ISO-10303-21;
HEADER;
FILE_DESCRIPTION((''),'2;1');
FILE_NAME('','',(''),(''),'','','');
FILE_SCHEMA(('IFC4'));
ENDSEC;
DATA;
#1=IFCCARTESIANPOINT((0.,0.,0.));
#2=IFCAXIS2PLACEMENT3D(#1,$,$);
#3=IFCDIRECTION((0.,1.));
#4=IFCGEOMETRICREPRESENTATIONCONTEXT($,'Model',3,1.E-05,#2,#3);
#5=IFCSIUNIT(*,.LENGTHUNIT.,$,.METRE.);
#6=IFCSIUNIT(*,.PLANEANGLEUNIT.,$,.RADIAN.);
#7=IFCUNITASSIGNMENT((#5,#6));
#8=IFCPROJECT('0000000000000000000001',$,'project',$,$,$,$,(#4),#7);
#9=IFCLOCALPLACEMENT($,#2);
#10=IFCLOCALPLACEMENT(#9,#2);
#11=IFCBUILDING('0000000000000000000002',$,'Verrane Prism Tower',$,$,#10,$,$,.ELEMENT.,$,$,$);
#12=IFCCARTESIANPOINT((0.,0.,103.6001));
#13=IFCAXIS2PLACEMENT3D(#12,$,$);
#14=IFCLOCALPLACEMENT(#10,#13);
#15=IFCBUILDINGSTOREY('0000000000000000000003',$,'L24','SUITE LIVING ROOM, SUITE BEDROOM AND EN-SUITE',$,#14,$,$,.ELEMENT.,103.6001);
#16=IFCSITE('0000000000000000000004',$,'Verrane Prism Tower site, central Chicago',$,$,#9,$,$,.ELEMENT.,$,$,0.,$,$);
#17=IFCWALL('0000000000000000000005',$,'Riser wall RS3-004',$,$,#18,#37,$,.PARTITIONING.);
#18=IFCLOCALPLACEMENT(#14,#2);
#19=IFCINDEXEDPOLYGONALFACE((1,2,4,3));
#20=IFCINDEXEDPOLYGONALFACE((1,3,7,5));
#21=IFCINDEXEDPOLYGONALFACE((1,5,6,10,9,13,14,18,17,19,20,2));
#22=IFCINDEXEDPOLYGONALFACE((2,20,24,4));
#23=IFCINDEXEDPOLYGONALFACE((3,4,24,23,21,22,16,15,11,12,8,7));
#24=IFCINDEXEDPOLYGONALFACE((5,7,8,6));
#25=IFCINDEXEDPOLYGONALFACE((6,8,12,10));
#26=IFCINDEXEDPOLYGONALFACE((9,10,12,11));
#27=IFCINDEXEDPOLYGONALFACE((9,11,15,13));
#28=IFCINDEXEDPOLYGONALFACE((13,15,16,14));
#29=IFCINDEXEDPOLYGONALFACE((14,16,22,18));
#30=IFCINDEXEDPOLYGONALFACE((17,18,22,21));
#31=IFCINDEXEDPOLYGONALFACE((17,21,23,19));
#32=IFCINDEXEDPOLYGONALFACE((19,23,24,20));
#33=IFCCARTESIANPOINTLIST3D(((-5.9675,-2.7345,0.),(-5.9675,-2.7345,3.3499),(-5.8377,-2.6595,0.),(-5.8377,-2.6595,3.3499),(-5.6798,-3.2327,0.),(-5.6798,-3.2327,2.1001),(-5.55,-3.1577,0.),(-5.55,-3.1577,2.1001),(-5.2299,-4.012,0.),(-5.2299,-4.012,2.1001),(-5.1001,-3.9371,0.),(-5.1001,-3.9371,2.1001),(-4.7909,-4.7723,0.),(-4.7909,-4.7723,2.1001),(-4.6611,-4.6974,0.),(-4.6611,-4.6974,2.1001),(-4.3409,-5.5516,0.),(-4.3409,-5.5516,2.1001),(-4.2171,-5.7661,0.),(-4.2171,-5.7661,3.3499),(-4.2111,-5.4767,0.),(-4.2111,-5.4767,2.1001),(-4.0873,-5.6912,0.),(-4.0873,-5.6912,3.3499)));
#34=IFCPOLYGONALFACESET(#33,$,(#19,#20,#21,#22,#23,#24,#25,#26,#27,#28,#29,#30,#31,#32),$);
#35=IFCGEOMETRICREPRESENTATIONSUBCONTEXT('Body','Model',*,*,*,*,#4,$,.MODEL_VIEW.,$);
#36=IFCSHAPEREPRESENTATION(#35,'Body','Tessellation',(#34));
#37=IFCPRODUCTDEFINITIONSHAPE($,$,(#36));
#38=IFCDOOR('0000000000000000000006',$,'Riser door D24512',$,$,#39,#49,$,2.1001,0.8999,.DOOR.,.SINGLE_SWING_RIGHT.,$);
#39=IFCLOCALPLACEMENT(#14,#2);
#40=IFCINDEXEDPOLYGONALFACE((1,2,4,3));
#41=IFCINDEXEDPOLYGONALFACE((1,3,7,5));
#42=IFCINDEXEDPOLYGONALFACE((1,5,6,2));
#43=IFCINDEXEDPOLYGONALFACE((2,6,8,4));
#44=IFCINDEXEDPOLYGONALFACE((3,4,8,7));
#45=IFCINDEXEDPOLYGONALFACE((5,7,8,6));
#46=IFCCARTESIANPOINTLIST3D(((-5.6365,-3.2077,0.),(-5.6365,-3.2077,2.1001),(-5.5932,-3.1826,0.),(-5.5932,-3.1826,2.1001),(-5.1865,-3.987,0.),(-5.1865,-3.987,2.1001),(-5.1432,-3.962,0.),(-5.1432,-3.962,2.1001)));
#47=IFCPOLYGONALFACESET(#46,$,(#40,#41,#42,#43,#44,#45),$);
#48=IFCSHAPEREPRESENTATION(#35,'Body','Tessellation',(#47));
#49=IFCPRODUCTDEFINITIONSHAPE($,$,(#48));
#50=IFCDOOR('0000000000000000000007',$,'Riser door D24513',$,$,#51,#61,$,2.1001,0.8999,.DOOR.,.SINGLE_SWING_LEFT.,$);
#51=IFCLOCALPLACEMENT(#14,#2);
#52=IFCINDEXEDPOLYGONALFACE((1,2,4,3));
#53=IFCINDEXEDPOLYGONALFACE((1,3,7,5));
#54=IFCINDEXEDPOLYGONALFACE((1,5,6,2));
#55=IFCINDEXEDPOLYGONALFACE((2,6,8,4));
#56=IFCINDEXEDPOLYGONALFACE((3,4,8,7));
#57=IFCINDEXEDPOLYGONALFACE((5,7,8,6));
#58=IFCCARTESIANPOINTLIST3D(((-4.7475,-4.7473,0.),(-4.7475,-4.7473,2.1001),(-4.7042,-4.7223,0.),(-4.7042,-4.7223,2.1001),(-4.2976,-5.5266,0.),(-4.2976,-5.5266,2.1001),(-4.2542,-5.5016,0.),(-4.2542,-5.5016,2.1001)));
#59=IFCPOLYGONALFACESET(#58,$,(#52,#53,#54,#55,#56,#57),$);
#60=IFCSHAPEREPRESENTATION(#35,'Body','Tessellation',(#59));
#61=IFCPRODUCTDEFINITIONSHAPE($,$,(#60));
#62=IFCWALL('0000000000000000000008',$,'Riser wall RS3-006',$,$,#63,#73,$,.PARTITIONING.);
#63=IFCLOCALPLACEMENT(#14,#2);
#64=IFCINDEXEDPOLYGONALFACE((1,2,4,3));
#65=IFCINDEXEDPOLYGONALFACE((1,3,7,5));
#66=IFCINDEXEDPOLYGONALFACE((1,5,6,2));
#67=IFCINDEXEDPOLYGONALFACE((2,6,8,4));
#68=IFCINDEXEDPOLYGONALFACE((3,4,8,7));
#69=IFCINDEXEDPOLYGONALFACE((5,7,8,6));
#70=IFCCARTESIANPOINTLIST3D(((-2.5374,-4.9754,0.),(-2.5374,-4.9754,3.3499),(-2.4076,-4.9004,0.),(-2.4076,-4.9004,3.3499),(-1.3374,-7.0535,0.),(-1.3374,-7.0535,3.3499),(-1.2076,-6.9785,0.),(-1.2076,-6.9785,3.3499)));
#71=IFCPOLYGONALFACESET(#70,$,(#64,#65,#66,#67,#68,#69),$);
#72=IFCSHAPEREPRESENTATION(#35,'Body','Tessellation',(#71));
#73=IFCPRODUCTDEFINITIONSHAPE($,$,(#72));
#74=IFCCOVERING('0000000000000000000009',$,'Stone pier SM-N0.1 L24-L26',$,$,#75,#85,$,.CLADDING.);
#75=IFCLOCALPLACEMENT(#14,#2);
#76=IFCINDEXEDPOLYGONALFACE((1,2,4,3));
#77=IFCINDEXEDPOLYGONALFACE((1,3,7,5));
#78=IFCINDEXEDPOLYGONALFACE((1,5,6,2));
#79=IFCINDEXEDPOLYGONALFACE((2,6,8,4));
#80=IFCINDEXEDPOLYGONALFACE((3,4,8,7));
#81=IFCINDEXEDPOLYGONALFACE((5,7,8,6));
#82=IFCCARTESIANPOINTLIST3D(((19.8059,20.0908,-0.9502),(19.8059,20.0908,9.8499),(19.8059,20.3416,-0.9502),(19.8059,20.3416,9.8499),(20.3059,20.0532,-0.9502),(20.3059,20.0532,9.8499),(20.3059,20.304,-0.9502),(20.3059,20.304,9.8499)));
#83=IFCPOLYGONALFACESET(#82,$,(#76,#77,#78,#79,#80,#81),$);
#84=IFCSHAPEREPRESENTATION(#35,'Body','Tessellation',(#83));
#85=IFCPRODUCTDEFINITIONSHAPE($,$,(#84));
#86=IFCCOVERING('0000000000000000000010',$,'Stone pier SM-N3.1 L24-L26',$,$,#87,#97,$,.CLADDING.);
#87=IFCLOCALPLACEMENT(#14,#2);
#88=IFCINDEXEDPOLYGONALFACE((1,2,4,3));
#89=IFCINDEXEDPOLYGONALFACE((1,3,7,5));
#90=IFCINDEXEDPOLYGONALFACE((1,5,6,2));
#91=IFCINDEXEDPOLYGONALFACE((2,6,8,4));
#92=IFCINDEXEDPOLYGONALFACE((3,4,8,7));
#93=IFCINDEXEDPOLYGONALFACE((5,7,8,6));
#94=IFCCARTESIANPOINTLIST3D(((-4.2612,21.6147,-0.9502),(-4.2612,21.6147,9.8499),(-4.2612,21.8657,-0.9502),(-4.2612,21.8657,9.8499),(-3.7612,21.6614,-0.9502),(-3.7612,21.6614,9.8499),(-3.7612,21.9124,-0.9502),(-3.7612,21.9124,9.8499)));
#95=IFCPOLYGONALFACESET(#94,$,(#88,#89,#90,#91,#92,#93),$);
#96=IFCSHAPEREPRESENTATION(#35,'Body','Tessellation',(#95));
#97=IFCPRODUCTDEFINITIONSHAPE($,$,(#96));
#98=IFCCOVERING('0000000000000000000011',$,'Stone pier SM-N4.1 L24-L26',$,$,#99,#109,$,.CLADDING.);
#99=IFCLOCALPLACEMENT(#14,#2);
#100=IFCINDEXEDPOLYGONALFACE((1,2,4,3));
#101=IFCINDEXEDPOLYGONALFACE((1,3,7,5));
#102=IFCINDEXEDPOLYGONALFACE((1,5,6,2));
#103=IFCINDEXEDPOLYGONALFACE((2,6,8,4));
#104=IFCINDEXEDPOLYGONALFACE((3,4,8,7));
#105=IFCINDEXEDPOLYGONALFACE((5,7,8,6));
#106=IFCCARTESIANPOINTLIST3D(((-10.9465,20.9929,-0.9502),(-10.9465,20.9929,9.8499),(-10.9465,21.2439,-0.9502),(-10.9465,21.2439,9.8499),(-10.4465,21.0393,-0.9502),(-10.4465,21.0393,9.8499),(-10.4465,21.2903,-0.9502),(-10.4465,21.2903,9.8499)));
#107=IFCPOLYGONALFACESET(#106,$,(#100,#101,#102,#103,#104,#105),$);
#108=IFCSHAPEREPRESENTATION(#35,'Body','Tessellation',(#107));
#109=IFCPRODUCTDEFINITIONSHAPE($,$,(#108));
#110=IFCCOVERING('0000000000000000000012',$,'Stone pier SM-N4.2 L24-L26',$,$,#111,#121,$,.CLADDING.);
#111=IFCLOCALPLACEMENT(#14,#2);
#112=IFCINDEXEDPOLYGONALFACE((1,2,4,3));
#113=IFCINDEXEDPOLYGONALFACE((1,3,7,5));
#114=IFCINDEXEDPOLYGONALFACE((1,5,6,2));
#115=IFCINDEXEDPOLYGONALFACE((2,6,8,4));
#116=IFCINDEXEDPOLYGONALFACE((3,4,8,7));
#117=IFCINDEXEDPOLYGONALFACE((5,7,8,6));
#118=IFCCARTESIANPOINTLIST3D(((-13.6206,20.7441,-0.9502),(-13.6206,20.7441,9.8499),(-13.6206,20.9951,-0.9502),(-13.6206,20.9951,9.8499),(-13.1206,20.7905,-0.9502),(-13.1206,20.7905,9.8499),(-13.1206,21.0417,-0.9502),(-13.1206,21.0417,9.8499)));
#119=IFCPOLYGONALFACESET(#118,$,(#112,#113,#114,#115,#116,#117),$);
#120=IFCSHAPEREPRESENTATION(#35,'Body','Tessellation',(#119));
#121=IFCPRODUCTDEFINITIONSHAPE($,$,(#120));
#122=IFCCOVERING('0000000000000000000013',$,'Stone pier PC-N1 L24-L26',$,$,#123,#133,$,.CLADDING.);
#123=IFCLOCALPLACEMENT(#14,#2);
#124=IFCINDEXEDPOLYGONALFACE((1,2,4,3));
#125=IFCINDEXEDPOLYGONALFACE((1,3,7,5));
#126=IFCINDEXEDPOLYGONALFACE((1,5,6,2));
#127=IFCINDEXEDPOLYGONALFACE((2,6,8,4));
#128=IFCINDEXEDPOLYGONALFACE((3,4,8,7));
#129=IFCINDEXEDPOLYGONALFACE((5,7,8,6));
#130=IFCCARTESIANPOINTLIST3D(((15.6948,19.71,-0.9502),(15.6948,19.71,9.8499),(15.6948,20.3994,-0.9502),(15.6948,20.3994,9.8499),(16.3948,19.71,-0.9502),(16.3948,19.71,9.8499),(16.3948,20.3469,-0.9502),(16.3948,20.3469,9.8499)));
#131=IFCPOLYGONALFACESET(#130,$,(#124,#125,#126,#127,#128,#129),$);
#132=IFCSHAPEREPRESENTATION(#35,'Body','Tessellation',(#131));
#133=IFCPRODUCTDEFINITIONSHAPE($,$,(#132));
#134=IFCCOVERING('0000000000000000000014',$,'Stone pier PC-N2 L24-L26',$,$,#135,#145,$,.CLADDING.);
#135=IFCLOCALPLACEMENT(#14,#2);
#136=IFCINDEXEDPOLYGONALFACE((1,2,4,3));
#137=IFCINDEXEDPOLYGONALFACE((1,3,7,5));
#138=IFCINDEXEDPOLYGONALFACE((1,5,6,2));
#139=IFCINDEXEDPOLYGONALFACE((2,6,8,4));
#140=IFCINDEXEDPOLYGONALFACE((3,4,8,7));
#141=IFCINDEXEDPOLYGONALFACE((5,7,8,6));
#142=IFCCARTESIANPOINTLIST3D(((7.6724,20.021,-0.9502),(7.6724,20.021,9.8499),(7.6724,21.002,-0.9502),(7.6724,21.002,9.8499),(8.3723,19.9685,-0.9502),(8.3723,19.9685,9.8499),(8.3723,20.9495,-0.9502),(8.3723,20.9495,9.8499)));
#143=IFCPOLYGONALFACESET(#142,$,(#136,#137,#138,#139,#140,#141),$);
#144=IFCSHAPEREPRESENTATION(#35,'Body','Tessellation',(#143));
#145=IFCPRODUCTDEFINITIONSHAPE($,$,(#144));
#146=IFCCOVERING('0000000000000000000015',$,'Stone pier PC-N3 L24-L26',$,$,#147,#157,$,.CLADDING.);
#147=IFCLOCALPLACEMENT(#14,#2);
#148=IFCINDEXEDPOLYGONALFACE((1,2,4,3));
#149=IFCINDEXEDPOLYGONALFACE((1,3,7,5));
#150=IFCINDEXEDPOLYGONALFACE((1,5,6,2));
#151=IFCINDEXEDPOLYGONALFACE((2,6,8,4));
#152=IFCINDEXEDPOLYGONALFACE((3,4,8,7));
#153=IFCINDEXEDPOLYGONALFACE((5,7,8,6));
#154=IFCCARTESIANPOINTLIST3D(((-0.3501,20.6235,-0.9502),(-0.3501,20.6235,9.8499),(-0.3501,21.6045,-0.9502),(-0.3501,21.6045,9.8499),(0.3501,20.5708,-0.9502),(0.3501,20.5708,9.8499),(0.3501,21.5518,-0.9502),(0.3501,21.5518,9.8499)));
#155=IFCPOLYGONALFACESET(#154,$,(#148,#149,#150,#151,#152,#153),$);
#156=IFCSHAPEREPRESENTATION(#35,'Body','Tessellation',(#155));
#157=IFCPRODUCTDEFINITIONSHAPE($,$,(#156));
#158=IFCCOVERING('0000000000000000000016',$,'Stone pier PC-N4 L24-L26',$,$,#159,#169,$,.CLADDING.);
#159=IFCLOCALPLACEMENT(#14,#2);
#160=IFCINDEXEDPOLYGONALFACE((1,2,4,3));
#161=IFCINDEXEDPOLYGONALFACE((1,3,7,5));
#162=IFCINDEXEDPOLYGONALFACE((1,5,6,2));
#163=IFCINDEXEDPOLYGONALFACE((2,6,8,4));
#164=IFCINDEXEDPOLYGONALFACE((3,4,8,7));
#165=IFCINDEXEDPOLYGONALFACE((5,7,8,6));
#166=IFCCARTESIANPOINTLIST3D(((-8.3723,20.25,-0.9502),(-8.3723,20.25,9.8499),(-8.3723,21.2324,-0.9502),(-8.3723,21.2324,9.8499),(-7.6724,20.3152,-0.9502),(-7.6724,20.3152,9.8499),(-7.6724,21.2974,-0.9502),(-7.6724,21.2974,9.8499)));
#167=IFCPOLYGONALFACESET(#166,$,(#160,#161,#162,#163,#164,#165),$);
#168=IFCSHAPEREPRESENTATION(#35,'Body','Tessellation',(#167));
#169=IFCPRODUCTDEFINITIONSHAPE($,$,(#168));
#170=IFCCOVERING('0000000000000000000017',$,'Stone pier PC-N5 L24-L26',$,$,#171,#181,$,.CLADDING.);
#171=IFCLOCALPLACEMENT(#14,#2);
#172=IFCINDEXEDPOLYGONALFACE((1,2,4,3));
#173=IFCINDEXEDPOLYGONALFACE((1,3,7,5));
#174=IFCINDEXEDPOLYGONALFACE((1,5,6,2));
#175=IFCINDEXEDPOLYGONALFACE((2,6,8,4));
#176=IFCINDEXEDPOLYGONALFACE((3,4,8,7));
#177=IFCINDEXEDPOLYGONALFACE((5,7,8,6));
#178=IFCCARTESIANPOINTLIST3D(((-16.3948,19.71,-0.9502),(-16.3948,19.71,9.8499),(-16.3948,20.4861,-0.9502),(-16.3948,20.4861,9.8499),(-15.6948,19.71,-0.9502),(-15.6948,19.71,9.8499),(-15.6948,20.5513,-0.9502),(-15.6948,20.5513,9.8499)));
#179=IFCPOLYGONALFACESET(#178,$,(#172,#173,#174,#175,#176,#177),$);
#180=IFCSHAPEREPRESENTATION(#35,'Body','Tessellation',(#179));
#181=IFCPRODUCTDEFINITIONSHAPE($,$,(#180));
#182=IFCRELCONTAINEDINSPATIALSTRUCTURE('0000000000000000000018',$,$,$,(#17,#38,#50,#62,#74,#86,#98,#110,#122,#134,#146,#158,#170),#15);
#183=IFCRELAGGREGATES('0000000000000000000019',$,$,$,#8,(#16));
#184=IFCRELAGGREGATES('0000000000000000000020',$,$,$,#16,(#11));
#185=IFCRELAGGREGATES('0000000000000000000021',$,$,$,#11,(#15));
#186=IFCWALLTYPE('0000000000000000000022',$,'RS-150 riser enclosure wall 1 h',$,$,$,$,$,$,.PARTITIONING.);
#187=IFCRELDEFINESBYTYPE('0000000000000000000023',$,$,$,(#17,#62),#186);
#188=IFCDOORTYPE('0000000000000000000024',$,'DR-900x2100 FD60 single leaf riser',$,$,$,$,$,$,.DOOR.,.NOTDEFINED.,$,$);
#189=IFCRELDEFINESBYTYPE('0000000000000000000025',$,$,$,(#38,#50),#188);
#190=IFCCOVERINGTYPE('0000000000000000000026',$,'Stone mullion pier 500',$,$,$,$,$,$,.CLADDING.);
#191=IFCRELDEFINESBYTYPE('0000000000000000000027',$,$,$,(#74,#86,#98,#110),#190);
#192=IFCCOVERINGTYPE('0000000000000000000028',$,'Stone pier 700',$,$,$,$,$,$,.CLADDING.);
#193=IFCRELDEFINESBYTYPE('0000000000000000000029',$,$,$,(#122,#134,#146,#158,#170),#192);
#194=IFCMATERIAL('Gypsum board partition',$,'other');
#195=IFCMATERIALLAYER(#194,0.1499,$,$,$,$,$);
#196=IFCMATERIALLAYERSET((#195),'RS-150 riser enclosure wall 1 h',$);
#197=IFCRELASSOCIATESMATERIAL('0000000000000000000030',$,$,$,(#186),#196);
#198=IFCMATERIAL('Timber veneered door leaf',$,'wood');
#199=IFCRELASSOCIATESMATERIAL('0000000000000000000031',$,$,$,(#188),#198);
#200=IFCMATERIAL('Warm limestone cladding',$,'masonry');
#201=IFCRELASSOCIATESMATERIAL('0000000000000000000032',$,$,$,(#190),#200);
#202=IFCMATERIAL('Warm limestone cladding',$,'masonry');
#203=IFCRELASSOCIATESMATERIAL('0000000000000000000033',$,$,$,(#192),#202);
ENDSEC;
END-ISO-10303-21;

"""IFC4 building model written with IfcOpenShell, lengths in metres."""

from ifc_helpers import new_model, si_unit, direction, frame, frame_2d, origin, place, context, subcontext, project, spatial, polyline, rectangle, outline, extrude, material, layer, layer_set, type_object, element, fill, save


model = new_model("IFC4")

# Units and contexts
model_context = context("Model", 3, precision=1e-05, world=origin(), true_north=direction((0.0, 1.0)))
body_context = subcontext(model_context, "Body", "Model", "MODEL_VIEW")
ifc_project = project(units=[si_unit("LENGTHUNIT", "METRE"), si_unit("PLANEANGLEUNIT", "RADIAN")], contexts=[model_context])

# Site, building, storey
site_placement = place(None, origin())
site = spatial("IfcSite", under=ifc_project, at=site_placement, Name="Verrane Prism Tower site, central Chicago", CompositionType="ELEMENT", RefElevation=0.0)
building_placement = place(site_placement, origin())
building = spatial("IfcBuilding", under=site, at=building_placement, Name="Verrane Prism Tower", CompositionType="ELEMENT")
storey_placement = place(building_placement, frame((0.0, 0.0, 103.6001)))
storey = spatial("IfcBuildingStorey", under=building, at=storey_placement, Name="L24", Description="SUITE LIVING ROOM, SUITE BEDROOM AND EN-SUITE", CompositionType="ELEMENT", Elevation=103.6001)

# Wall, openings, doors
ifc_material_1 = material(Name="Gypsum board partition", Category="other")
ifc_layer_1 = layer(ifc_material_1, 0.1499)
ifc_layer_set_1 = layer_set([ifc_layer_1], Name="RS-150 riser enclosure wall 1 h")
wall_type_1 = type_object("IfcWallType", Name="RS-150 riser enclosure wall 1 h", PredefinedType="PARTITIONING", material=ifc_layer_set_1)
wall_1_placement = place(storey_placement, frame((-4.1521, -5.7288, 0.0), z_axis=(0.0, 0.0, 1.0), x_axis=(-0.500024, 0.866011, 0.0)))
wall_1 = element("IfcWall", 1, at=wall_1_placement, inside=storey, type_object=wall_type_1, Name="Riser wall RS3-004", PredefinedType="PARTITIONING", context=body_context, shape_type="SweptSolid", body=[
    extrude(rectangle(XDim=3.5007, YDim=0.1499, at=frame_2d((1.7505, 0.0))), origin(), (0.0, 0.0, 1.0), 3.3499),
])
opening_1_placement = place(wall_1_placement, frame((2.0256, 0.0, 0.0)))
opening_1 = element("IfcOpeningElement", 2, at=opening_1_placement, cuts=wall_1, PredefinedType="OPENING", context=body_context, shape_type="SweptSolid", body=[
    extrude(rectangle(XDim=0.8999, YDim=2.1001, at=frame_2d((0.45, 1.05))), frame((0.0, 0.085, 0.0), z_axis=(0.0, -1.0, 0.0), x_axis=(1.0, 0.0, 0.0)), (0.0, 0.0, 1.0), 0.1699),
])
opening_2_placement = place(wall_1_placement, frame((0.2478, 0.0, 0.0)))
opening_2 = element("IfcOpeningElement", 3, at=opening_2_placement, cuts=wall_1, PredefinedType="OPENING", context=body_context, shape_type="SweptSolid", body=[
    extrude(rectangle(XDim=0.8999, YDim=2.1001, at=frame_2d((0.45, 1.05))), frame((0.0, 0.085, 0.0), z_axis=(0.0, -1.0, 0.0), x_axis=(1.0, 0.0, 0.0)), (0.0, 0.0, 1.0), 0.1699),
])
ifc_material_2 = material(Name="Timber veneered door leaf", Category="wood")
door_type_1 = type_object("IfcDoorType", Name="DR-900x2100 FD60 single leaf riser", OperationType="NOTDEFINED", PredefinedType="DOOR", material=ifc_material_2)
door_1_placement = place(opening_1_placement, origin())
door_1 = element("IfcDoor", 4, at=door_1_placement, inside=storey, type_object=door_type_1, Name="Riser door D24512", OperationType="SINGLE_SWING_RIGHT", OverallHeight=2.1001, OverallWidth=0.8999, PredefinedType="DOOR", context=body_context, shape_type="SweptSolid", body=[
    extrude(rectangle(XDim=0.8999, YDim=2.1001, at=frame_2d((0.45, 1.05))), frame((0.0, 0.0249, 0.0), z_axis=(0.0, -1.0, 0.0), x_axis=(1.0, 0.0, 0.0)), (0.0, 0.0, 1.0), 0.05),
])
fill(opening_1, door_1)
door_2_placement = place(opening_2_placement, origin())
door_2 = element("IfcDoor", 5, at=door_2_placement, inside=storey, type_object=door_type_1, Name="Riser door D24513", OperationType="SINGLE_SWING_LEFT", OverallHeight=2.1001, OverallWidth=0.8999, PredefinedType="DOOR", context=body_context, shape_type="SweptSolid", body=[
    extrude(rectangle(XDim=0.8999, YDim=2.1001, at=frame_2d((0.45, 1.05))), frame((0.0, 0.0249, 0.0), z_axis=(0.0, -1.0, 0.0), x_axis=(1.0, 0.0, 0.0)), (0.0, 0.0, 1.0), 0.05),
])
fill(opening_2, door_2)

# Wall
wall_2_placement = place(storey_placement, frame((-2.4724, -4.938, 0.0), z_axis=(0.0, 0.0, 1.0), x_axis=(0.500045, -0.865999, 0.0)))
element("IfcWall", 6, at=wall_2_placement, inside=storey, type_object=wall_type_1, Name="Riser wall RS3-006", PredefinedType="PARTITIONING", context=body_context, shape_type="SweptSolid", body=[
    extrude(rectangle(XDim=2.3997, YDim=0.1499, at=frame_2d((1.1997, 0.0))), origin(), (0.0, 0.0, 1.0), 3.3499),
])

# Coverings
ifc_material_3 = material(Name="Warm limestone cladding", Category="masonry")
covering_type_1 = type_object("IfcCoveringType", Name="Stone mullion pier 500", PredefinedType="CLADDING", material=ifc_material_3)
covering_1_placement = place(storey_placement, frame((0.0, 0.0, -0.9502)))
element("IfcCovering", 7, at=covering_1_placement, inside=storey, type_object=covering_type_1, Name="Stone pier SM-N0.1 L24-L26", PredefinedType="CLADDING", context=body_context, shape_type="SweptSolid", body=[
    extrude(outline(polyline([(19.8059, 20.0908), (20.3059, 20.0532), (20.3059, 20.304), (19.8059, 20.3416), (19.8059, 20.0908)])), origin(), (0.0, 0.0, 1.0), 10.8),
])
covering_2_placement = place(storey_placement, frame((0.0, 0.0, -0.9502)))
element("IfcCovering", 8, at=covering_2_placement, inside=storey, type_object=covering_type_1, Name="Stone pier SM-N3.1 L24-L26", PredefinedType="CLADDING", context=body_context, shape_type="SweptSolid", body=[
    extrude(outline(polyline([(-4.2612, 21.6147), (-3.7612, 21.6614), (-3.7612, 21.9124), (-4.2612, 21.8657), (-4.2612, 21.6147)])), origin(), (0.0, 0.0, 1.0), 10.8),
])
covering_3_placement = place(storey_placement, frame((0.0, 0.0, -0.9502)))
element("IfcCovering", 9, at=covering_3_placement, inside=storey, type_object=covering_type_1, Name="Stone pier SM-N4.1 L24-L26", PredefinedType="CLADDING", context=body_context, shape_type="SweptSolid", body=[
    extrude(outline(polyline([(-10.9465, 20.9929), (-10.4465, 21.0393), (-10.4465, 21.2903), (-10.9465, 21.2439), (-10.9465, 20.9929)])), origin(), (0.0, 0.0, 1.0), 10.8),
])
covering_4_placement = place(storey_placement, frame((0.0, 0.0, -0.9502)))
element("IfcCovering", 10, at=covering_4_placement, inside=storey, type_object=covering_type_1, Name="Stone pier SM-N4.2 L24-L26", PredefinedType="CLADDING", context=body_context, shape_type="SweptSolid", body=[
    extrude(outline(polyline([(-13.6206, 20.7441), (-13.1206, 20.7905), (-13.1206, 21.0417), (-13.6206, 20.9951), (-13.6206, 20.7441)])), origin(), (0.0, 0.0, 1.0), 10.8),
])
ifc_material_4 = material(Name="Warm limestone cladding", Category="masonry")
covering_type_2 = type_object("IfcCoveringType", Name="Stone pier 700", PredefinedType="CLADDING", material=ifc_material_4)
covering_5_placement = place(storey_placement, frame((0.0, 0.0, -0.9502)))
element("IfcCovering", 11, at=covering_5_placement, inside=storey, type_object=covering_type_2, Name="Stone pier PC-N1 L24-L26", PredefinedType="CLADDING", context=body_context, shape_type="SweptSolid", body=[
    extrude(outline(polyline([(15.6948, 19.71), (16.3948, 19.71), (16.3948, 20.3469), (15.6948, 20.3994), (15.6948, 19.71)])), origin(), (0.0, 0.0, 1.0), 10.8),
])
covering_6_placement = place(storey_placement, frame((0.0, 0.0, -0.9502)))
element("IfcCovering", 12, at=covering_6_placement, inside=storey, type_object=covering_type_2, Name="Stone pier PC-N2 L24-L26", PredefinedType="CLADDING", context=body_context, shape_type="SweptSolid", body=[
    extrude(outline(polyline([(7.6724, 21.002), (7.6724, 20.021), (8.3723, 19.9685), (8.3723, 20.9495), (7.6724, 21.002)])), origin(), (0.0, 0.0, 1.0), 10.8),
])
covering_7_placement = place(storey_placement, frame((0.0, 0.0, -0.9502)))
element("IfcCovering", 13, at=covering_7_placement, inside=storey, type_object=covering_type_2, Name="Stone pier PC-N3 L24-L26", PredefinedType="CLADDING", context=body_context, shape_type="SweptSolid", body=[
    extrude(outline(polyline([(-0.3501, 21.6045), (-0.3501, 20.6235), (0.3501, 20.5708), (0.3501, 21.5518), (-0.3501, 21.6045)])), origin(), (0.0, 0.0, 1.0), 10.8),
])
covering_8_placement = place(storey_placement, frame((0.0, 0.0, -0.9502)))
element("IfcCovering", 14, at=covering_8_placement, inside=storey, type_object=covering_type_2, Name="Stone pier PC-N4 L24-L26", PredefinedType="CLADDING", context=body_context, shape_type="SweptSolid", body=[
    extrude(outline(polyline([(-8.3723, 21.2324), (-8.3723, 20.25), (-7.6724, 20.3152), (-7.6724, 21.2974), (-8.3723, 21.2324)])), origin(), (0.0, 0.0, 1.0), 10.8),
])
covering_9_placement = place(storey_placement, frame((0.0, 0.0, -0.9502)))
element("IfcCovering", 15, at=covering_9_placement, inside=storey, type_object=covering_type_2, Name="Stone pier PC-N5 L24-L26", PredefinedType="CLADDING", context=body_context, shape_type="SweptSolid", body=[
    extrude(outline(polyline([(-16.3948, 19.71), (-15.6948, 19.71), (-15.6948, 20.5513), (-16.3948, 20.4861), (-16.3948, 19.71)])), origin(), (0.0, 0.0, 1.0), 10.8),
])

save(model, "model.ifc")
